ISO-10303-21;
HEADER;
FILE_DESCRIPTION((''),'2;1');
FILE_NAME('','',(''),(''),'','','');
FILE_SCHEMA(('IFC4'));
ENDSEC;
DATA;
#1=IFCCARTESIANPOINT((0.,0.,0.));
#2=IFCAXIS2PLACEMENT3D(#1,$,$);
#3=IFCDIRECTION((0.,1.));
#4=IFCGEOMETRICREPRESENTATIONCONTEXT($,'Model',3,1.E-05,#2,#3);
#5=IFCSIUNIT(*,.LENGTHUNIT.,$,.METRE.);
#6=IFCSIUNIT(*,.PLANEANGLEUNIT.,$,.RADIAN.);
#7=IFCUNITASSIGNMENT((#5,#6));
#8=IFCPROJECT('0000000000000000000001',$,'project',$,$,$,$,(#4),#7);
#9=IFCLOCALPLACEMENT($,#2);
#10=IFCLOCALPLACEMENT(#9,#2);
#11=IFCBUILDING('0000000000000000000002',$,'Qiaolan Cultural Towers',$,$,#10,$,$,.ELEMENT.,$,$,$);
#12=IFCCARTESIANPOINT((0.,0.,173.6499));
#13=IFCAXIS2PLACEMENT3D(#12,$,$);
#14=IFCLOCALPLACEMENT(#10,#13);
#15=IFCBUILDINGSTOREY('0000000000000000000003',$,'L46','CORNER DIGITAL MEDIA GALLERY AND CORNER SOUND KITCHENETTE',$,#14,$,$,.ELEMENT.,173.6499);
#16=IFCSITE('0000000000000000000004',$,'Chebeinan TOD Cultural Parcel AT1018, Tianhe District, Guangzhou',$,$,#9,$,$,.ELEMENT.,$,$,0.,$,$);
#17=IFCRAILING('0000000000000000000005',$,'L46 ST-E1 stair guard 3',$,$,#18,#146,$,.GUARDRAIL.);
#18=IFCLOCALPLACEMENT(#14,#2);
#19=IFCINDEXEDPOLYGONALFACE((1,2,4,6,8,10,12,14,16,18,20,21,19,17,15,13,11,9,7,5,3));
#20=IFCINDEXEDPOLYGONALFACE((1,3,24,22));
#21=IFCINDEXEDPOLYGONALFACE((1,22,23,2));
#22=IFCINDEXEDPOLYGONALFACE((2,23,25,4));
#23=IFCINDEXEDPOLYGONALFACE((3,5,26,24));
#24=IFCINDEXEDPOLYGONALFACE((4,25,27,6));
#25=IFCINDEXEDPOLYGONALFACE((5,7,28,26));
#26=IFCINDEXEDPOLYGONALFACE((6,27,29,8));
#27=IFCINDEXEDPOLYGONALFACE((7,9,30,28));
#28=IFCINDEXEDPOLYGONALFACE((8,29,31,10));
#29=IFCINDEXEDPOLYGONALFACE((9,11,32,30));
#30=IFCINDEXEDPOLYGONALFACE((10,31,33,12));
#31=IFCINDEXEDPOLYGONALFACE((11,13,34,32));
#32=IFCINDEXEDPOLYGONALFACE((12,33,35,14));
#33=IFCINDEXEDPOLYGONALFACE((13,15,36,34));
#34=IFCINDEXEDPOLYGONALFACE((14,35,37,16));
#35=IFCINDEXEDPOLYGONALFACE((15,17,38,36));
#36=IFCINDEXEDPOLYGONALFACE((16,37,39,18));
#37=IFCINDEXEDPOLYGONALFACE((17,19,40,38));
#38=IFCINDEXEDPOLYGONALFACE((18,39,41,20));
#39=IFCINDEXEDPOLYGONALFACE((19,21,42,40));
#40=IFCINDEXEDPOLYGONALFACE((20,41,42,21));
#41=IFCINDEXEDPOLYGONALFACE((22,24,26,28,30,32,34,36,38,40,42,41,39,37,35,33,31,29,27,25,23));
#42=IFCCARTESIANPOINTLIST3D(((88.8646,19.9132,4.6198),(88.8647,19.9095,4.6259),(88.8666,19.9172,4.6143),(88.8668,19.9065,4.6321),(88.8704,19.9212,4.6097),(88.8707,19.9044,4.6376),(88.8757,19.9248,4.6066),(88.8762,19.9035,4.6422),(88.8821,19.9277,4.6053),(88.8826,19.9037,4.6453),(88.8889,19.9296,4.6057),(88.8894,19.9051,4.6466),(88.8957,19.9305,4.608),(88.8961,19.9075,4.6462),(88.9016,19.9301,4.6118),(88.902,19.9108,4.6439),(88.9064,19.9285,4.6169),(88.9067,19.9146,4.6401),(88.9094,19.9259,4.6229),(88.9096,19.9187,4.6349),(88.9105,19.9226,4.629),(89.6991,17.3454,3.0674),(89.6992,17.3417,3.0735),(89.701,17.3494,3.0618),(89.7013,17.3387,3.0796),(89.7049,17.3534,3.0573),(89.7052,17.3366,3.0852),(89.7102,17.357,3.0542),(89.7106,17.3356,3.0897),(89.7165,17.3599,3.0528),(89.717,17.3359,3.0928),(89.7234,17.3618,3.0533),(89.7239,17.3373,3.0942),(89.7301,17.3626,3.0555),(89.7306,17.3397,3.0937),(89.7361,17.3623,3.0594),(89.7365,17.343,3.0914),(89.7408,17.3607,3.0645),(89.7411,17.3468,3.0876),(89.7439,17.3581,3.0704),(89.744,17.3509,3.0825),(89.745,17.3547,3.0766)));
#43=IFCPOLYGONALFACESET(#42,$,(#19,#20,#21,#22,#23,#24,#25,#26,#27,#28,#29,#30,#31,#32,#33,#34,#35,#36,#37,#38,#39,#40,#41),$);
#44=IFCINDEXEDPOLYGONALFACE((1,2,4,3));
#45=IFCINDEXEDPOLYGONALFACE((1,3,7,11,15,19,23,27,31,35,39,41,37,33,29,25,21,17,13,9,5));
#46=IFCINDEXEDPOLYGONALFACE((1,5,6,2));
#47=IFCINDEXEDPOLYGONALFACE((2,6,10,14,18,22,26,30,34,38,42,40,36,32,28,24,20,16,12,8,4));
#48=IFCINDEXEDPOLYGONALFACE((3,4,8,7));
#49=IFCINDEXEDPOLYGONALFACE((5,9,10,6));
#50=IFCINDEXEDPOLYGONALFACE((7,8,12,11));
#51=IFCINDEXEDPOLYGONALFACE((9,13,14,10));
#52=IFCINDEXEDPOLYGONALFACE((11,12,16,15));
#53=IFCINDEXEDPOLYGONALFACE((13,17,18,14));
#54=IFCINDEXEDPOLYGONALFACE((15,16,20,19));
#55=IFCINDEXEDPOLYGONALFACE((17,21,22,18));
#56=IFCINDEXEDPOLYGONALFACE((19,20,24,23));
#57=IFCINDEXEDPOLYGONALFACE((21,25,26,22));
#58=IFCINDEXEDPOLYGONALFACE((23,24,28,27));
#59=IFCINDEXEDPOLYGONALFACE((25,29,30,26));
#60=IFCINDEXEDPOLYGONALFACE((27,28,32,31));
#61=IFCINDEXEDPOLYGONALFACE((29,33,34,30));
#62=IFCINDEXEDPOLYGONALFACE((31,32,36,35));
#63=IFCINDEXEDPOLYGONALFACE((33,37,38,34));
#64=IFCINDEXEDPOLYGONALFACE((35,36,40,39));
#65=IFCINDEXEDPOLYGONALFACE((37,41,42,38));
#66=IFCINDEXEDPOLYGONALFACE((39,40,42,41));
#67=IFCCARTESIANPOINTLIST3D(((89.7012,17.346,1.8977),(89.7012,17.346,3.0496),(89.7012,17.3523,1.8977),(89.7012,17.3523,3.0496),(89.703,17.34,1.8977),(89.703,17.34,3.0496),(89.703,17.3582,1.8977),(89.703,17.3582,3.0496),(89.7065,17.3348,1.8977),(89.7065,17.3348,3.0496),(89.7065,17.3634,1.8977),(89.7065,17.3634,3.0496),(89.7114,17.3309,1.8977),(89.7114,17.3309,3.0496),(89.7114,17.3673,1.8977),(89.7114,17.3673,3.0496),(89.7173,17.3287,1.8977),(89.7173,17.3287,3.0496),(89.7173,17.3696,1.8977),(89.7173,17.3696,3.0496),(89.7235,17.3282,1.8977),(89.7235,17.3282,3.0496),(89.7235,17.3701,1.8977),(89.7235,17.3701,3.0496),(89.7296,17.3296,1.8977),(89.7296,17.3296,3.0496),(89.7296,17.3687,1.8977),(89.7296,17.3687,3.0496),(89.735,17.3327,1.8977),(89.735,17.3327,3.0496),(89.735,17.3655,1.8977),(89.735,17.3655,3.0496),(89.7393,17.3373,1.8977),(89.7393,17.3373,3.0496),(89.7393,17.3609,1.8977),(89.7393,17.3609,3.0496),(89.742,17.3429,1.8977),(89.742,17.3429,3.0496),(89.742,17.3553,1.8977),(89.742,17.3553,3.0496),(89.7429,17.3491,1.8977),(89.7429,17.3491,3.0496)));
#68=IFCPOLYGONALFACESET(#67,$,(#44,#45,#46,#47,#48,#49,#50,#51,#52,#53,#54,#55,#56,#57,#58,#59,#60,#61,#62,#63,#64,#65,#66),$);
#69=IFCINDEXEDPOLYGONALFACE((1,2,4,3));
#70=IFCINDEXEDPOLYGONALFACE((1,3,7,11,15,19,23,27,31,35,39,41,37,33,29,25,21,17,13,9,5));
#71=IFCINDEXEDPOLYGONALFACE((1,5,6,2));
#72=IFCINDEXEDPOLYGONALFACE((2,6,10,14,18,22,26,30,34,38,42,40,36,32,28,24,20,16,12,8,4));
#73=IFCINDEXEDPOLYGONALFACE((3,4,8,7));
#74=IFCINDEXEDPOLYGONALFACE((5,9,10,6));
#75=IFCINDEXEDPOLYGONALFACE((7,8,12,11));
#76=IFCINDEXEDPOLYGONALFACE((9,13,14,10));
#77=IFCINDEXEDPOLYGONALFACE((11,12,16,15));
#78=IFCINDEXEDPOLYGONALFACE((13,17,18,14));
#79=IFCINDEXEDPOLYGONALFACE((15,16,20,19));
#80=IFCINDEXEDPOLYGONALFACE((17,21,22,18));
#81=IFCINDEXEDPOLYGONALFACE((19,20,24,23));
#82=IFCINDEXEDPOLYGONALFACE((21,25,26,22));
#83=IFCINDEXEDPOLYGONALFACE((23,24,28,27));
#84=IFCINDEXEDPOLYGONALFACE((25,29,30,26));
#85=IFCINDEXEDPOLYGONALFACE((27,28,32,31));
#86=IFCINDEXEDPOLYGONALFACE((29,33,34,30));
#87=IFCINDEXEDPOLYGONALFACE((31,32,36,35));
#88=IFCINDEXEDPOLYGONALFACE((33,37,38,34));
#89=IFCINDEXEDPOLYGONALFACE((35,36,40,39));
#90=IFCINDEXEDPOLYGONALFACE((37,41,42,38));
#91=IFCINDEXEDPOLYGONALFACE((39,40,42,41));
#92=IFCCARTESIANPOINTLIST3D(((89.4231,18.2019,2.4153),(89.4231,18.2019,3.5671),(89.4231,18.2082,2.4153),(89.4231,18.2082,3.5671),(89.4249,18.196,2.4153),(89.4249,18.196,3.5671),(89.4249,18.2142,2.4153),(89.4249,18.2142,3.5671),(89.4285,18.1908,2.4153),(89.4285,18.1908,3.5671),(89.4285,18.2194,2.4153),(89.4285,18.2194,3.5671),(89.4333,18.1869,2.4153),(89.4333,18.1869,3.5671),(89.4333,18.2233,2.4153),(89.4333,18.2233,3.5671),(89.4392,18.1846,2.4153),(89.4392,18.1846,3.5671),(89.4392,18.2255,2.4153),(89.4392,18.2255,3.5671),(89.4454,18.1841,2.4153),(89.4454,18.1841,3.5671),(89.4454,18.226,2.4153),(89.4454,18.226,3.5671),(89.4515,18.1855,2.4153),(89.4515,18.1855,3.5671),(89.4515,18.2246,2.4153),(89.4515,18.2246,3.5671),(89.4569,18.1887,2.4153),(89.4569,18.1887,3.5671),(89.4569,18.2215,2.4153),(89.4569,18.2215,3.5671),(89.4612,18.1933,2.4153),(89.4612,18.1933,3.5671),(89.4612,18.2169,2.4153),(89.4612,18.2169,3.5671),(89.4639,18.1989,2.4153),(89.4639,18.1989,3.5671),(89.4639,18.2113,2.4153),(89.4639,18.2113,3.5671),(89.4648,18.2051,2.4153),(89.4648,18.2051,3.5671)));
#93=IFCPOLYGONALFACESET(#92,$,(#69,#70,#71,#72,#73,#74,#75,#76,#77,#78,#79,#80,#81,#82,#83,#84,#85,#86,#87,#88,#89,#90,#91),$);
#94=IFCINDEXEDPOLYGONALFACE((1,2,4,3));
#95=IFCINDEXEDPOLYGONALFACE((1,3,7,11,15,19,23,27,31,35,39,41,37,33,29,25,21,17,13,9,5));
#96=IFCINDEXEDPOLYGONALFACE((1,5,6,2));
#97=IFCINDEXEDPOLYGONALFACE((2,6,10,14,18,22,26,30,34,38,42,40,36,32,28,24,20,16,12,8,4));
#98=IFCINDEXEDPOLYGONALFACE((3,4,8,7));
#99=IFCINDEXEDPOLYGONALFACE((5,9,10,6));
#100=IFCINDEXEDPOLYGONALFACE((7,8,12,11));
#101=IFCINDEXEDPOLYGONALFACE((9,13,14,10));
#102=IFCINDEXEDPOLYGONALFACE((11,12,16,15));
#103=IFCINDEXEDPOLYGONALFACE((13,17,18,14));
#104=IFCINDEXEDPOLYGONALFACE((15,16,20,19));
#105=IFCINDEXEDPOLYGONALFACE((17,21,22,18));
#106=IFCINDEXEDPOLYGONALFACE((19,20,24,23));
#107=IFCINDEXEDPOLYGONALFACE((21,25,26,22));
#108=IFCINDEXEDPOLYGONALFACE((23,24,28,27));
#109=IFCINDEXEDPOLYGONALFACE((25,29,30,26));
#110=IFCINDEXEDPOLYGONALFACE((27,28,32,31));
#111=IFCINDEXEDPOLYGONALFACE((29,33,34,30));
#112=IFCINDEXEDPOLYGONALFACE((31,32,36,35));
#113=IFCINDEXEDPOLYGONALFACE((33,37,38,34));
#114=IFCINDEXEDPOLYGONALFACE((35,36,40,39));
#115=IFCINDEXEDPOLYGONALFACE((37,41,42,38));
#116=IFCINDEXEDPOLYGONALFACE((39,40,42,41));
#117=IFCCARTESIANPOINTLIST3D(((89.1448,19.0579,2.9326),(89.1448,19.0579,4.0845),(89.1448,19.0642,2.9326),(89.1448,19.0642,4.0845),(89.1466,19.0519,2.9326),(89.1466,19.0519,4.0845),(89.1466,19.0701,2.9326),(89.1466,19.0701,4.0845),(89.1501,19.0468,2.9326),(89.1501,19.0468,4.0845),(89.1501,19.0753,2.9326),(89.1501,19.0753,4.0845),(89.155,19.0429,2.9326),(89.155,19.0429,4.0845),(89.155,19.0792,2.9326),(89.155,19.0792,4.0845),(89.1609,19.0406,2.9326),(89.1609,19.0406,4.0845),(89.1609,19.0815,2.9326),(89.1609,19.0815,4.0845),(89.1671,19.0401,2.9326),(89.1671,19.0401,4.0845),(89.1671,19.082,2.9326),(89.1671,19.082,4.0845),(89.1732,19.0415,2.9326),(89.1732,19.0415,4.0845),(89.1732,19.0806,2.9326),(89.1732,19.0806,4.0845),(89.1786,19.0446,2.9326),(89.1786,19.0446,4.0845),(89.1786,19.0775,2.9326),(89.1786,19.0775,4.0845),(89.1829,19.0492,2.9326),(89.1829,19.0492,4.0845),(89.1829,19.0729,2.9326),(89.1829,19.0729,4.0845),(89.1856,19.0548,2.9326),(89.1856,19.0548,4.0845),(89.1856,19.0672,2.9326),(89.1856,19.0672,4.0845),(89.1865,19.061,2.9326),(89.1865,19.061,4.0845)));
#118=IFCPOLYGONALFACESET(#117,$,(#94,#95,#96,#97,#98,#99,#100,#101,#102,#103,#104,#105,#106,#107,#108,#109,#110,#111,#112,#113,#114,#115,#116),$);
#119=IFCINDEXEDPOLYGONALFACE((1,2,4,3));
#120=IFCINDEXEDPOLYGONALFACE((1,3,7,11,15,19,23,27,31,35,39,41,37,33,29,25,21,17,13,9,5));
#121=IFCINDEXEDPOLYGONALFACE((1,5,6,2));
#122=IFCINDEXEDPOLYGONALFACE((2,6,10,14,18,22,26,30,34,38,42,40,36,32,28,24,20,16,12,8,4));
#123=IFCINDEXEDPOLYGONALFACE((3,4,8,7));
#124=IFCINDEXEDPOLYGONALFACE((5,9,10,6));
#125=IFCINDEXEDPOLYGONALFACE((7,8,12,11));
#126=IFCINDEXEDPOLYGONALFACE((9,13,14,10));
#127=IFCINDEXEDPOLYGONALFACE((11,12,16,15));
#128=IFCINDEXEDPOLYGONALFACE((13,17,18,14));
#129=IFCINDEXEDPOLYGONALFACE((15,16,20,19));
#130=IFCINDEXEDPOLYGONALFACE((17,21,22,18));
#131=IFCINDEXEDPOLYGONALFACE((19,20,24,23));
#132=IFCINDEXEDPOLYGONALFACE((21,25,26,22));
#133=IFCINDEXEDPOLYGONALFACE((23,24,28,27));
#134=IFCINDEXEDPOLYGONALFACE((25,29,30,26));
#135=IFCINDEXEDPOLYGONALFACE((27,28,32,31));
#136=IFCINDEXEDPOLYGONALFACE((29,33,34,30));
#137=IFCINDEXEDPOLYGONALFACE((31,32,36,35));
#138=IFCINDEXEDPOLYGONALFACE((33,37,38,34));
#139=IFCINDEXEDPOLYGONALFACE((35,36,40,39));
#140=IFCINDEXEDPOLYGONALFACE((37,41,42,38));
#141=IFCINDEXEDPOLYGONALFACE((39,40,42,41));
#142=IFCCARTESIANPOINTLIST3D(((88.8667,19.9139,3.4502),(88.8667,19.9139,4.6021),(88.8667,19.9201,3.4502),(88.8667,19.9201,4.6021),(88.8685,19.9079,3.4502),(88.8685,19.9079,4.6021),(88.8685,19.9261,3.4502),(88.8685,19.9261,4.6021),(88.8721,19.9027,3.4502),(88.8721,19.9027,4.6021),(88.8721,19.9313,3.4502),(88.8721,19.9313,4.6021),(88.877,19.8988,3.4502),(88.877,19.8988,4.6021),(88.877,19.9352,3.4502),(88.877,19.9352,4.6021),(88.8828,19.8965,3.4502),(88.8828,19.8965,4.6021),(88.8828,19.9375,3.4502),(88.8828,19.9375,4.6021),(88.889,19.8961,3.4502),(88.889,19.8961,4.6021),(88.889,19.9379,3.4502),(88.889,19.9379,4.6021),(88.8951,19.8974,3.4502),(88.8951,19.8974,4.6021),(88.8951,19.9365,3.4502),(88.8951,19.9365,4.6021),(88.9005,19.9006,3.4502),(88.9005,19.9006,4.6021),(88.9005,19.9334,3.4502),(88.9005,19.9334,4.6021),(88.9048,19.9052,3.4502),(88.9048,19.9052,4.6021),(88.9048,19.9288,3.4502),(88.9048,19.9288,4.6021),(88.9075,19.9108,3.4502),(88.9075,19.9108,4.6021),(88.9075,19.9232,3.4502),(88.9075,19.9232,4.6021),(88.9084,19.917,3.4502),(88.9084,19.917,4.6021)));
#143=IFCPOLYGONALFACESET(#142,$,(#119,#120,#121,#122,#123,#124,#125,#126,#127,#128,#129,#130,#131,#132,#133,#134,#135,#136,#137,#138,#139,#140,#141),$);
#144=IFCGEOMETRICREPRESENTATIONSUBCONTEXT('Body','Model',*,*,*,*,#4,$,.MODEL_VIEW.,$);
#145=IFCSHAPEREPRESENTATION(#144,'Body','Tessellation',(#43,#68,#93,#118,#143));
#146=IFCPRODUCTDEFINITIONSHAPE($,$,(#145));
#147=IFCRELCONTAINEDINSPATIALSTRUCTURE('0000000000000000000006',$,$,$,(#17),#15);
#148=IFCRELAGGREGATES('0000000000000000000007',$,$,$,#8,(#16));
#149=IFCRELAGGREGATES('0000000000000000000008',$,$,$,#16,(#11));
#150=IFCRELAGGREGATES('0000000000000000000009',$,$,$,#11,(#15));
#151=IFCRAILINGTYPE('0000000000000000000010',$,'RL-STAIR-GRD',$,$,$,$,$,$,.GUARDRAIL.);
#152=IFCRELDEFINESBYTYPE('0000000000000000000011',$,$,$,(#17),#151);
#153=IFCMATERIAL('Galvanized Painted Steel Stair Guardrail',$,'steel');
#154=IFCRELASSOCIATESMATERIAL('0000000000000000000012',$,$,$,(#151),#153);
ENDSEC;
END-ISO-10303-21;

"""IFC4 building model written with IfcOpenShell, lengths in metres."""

from ifc_helpers import new_model, si_unit, direction, frame, origin, origin_2d, place, context, subcontext, project, spatial, circle, extrude, material, type_object, element, save


model = new_model("IFC4")

# Units and contexts
model_context = context("Model", 3, precision=1e-05, world=origin(), true_north=direction((0.0, 1.0)))
body_context = subcontext(model_context, "Body", "Model", "MODEL_VIEW")
ifc_project = project(units=[si_unit("LENGTHUNIT", "METRE"), si_unit("PLANEANGLEUNIT", "RADIAN")], contexts=[model_context])

# Site, building, storey
site_placement = place(None, origin())
site = spatial("IfcSite", under=ifc_project, at=site_placement, Name="Chebeinan TOD Cultural Parcel AT1018, Tianhe District, Guangzhou", CompositionType="ELEMENT", RefElevation=0.0)
building_placement = place(site_placement, origin())
building = spatial("IfcBuilding", under=site, at=building_placement, Name="Qiaolan Cultural Towers", CompositionType="ELEMENT")
storey_placement = place(building_placement, frame((0.0, 0.0, 173.6499)))
storey = spatial("IfcBuildingStorey", under=building, at=storey_placement, Name="L46", Description="CORNER DIGITAL MEDIA GALLERY AND CORNER SOUND KITCHENETTE", CompositionType="ELEMENT", Elevation=173.6499)

# Railing
ifc_material_1 = material(Name="Galvanized Painted Steel Stair Guardrail", Category="steel")
railing_type_1 = type_object("IfcRailingType", Name="RL-STAIR-GRD", PredefinedType="GUARDRAIL", material=ifc_material_1)
railing_1_placement = place(storey_placement, frame((89.7219, 17.3491, 1.8977)))
element("IfcRailing", 1, at=railing_1_placement, inside=storey, type_object=railing_type_1, Name="L46 ST-E1 stair guard 3", PredefinedType="GUARDRAIL", context=body_context, shape_type="SweptSolid", body=[
    extrude(circle(Radius=0.0239, at=origin_2d()), frame((0.0, 0.0, 1.1758), z_axis=(-0.267926, 0.824471, 0.498461), x_axis=(-0.951043, -0.309057, 0.0)), (0.0, 0.0, 1.0), 3.1145),
    extrude(circle(Radius=0.021, at=origin_2d()), origin(), (0.0, 0.0, 1.0), 1.1519),
    extrude(circle(Radius=0.021, at=origin_2d()), frame((-0.2781, 0.856, 0.5176)), (0.0, 0.0, 1.0), 1.1519),
    extrude(circle(Radius=0.021, at=origin_2d()), frame((-0.5564, 1.7119, 1.0349)), (0.0, 0.0, 1.0), 1.1519),
    extrude(circle(Radius=0.021, at=origin_2d()), frame((-0.8345, 2.5679, 1.5525)), (0.0, 0.0, 1.0), 1.1519),
])

save(model, "model.ifc")
